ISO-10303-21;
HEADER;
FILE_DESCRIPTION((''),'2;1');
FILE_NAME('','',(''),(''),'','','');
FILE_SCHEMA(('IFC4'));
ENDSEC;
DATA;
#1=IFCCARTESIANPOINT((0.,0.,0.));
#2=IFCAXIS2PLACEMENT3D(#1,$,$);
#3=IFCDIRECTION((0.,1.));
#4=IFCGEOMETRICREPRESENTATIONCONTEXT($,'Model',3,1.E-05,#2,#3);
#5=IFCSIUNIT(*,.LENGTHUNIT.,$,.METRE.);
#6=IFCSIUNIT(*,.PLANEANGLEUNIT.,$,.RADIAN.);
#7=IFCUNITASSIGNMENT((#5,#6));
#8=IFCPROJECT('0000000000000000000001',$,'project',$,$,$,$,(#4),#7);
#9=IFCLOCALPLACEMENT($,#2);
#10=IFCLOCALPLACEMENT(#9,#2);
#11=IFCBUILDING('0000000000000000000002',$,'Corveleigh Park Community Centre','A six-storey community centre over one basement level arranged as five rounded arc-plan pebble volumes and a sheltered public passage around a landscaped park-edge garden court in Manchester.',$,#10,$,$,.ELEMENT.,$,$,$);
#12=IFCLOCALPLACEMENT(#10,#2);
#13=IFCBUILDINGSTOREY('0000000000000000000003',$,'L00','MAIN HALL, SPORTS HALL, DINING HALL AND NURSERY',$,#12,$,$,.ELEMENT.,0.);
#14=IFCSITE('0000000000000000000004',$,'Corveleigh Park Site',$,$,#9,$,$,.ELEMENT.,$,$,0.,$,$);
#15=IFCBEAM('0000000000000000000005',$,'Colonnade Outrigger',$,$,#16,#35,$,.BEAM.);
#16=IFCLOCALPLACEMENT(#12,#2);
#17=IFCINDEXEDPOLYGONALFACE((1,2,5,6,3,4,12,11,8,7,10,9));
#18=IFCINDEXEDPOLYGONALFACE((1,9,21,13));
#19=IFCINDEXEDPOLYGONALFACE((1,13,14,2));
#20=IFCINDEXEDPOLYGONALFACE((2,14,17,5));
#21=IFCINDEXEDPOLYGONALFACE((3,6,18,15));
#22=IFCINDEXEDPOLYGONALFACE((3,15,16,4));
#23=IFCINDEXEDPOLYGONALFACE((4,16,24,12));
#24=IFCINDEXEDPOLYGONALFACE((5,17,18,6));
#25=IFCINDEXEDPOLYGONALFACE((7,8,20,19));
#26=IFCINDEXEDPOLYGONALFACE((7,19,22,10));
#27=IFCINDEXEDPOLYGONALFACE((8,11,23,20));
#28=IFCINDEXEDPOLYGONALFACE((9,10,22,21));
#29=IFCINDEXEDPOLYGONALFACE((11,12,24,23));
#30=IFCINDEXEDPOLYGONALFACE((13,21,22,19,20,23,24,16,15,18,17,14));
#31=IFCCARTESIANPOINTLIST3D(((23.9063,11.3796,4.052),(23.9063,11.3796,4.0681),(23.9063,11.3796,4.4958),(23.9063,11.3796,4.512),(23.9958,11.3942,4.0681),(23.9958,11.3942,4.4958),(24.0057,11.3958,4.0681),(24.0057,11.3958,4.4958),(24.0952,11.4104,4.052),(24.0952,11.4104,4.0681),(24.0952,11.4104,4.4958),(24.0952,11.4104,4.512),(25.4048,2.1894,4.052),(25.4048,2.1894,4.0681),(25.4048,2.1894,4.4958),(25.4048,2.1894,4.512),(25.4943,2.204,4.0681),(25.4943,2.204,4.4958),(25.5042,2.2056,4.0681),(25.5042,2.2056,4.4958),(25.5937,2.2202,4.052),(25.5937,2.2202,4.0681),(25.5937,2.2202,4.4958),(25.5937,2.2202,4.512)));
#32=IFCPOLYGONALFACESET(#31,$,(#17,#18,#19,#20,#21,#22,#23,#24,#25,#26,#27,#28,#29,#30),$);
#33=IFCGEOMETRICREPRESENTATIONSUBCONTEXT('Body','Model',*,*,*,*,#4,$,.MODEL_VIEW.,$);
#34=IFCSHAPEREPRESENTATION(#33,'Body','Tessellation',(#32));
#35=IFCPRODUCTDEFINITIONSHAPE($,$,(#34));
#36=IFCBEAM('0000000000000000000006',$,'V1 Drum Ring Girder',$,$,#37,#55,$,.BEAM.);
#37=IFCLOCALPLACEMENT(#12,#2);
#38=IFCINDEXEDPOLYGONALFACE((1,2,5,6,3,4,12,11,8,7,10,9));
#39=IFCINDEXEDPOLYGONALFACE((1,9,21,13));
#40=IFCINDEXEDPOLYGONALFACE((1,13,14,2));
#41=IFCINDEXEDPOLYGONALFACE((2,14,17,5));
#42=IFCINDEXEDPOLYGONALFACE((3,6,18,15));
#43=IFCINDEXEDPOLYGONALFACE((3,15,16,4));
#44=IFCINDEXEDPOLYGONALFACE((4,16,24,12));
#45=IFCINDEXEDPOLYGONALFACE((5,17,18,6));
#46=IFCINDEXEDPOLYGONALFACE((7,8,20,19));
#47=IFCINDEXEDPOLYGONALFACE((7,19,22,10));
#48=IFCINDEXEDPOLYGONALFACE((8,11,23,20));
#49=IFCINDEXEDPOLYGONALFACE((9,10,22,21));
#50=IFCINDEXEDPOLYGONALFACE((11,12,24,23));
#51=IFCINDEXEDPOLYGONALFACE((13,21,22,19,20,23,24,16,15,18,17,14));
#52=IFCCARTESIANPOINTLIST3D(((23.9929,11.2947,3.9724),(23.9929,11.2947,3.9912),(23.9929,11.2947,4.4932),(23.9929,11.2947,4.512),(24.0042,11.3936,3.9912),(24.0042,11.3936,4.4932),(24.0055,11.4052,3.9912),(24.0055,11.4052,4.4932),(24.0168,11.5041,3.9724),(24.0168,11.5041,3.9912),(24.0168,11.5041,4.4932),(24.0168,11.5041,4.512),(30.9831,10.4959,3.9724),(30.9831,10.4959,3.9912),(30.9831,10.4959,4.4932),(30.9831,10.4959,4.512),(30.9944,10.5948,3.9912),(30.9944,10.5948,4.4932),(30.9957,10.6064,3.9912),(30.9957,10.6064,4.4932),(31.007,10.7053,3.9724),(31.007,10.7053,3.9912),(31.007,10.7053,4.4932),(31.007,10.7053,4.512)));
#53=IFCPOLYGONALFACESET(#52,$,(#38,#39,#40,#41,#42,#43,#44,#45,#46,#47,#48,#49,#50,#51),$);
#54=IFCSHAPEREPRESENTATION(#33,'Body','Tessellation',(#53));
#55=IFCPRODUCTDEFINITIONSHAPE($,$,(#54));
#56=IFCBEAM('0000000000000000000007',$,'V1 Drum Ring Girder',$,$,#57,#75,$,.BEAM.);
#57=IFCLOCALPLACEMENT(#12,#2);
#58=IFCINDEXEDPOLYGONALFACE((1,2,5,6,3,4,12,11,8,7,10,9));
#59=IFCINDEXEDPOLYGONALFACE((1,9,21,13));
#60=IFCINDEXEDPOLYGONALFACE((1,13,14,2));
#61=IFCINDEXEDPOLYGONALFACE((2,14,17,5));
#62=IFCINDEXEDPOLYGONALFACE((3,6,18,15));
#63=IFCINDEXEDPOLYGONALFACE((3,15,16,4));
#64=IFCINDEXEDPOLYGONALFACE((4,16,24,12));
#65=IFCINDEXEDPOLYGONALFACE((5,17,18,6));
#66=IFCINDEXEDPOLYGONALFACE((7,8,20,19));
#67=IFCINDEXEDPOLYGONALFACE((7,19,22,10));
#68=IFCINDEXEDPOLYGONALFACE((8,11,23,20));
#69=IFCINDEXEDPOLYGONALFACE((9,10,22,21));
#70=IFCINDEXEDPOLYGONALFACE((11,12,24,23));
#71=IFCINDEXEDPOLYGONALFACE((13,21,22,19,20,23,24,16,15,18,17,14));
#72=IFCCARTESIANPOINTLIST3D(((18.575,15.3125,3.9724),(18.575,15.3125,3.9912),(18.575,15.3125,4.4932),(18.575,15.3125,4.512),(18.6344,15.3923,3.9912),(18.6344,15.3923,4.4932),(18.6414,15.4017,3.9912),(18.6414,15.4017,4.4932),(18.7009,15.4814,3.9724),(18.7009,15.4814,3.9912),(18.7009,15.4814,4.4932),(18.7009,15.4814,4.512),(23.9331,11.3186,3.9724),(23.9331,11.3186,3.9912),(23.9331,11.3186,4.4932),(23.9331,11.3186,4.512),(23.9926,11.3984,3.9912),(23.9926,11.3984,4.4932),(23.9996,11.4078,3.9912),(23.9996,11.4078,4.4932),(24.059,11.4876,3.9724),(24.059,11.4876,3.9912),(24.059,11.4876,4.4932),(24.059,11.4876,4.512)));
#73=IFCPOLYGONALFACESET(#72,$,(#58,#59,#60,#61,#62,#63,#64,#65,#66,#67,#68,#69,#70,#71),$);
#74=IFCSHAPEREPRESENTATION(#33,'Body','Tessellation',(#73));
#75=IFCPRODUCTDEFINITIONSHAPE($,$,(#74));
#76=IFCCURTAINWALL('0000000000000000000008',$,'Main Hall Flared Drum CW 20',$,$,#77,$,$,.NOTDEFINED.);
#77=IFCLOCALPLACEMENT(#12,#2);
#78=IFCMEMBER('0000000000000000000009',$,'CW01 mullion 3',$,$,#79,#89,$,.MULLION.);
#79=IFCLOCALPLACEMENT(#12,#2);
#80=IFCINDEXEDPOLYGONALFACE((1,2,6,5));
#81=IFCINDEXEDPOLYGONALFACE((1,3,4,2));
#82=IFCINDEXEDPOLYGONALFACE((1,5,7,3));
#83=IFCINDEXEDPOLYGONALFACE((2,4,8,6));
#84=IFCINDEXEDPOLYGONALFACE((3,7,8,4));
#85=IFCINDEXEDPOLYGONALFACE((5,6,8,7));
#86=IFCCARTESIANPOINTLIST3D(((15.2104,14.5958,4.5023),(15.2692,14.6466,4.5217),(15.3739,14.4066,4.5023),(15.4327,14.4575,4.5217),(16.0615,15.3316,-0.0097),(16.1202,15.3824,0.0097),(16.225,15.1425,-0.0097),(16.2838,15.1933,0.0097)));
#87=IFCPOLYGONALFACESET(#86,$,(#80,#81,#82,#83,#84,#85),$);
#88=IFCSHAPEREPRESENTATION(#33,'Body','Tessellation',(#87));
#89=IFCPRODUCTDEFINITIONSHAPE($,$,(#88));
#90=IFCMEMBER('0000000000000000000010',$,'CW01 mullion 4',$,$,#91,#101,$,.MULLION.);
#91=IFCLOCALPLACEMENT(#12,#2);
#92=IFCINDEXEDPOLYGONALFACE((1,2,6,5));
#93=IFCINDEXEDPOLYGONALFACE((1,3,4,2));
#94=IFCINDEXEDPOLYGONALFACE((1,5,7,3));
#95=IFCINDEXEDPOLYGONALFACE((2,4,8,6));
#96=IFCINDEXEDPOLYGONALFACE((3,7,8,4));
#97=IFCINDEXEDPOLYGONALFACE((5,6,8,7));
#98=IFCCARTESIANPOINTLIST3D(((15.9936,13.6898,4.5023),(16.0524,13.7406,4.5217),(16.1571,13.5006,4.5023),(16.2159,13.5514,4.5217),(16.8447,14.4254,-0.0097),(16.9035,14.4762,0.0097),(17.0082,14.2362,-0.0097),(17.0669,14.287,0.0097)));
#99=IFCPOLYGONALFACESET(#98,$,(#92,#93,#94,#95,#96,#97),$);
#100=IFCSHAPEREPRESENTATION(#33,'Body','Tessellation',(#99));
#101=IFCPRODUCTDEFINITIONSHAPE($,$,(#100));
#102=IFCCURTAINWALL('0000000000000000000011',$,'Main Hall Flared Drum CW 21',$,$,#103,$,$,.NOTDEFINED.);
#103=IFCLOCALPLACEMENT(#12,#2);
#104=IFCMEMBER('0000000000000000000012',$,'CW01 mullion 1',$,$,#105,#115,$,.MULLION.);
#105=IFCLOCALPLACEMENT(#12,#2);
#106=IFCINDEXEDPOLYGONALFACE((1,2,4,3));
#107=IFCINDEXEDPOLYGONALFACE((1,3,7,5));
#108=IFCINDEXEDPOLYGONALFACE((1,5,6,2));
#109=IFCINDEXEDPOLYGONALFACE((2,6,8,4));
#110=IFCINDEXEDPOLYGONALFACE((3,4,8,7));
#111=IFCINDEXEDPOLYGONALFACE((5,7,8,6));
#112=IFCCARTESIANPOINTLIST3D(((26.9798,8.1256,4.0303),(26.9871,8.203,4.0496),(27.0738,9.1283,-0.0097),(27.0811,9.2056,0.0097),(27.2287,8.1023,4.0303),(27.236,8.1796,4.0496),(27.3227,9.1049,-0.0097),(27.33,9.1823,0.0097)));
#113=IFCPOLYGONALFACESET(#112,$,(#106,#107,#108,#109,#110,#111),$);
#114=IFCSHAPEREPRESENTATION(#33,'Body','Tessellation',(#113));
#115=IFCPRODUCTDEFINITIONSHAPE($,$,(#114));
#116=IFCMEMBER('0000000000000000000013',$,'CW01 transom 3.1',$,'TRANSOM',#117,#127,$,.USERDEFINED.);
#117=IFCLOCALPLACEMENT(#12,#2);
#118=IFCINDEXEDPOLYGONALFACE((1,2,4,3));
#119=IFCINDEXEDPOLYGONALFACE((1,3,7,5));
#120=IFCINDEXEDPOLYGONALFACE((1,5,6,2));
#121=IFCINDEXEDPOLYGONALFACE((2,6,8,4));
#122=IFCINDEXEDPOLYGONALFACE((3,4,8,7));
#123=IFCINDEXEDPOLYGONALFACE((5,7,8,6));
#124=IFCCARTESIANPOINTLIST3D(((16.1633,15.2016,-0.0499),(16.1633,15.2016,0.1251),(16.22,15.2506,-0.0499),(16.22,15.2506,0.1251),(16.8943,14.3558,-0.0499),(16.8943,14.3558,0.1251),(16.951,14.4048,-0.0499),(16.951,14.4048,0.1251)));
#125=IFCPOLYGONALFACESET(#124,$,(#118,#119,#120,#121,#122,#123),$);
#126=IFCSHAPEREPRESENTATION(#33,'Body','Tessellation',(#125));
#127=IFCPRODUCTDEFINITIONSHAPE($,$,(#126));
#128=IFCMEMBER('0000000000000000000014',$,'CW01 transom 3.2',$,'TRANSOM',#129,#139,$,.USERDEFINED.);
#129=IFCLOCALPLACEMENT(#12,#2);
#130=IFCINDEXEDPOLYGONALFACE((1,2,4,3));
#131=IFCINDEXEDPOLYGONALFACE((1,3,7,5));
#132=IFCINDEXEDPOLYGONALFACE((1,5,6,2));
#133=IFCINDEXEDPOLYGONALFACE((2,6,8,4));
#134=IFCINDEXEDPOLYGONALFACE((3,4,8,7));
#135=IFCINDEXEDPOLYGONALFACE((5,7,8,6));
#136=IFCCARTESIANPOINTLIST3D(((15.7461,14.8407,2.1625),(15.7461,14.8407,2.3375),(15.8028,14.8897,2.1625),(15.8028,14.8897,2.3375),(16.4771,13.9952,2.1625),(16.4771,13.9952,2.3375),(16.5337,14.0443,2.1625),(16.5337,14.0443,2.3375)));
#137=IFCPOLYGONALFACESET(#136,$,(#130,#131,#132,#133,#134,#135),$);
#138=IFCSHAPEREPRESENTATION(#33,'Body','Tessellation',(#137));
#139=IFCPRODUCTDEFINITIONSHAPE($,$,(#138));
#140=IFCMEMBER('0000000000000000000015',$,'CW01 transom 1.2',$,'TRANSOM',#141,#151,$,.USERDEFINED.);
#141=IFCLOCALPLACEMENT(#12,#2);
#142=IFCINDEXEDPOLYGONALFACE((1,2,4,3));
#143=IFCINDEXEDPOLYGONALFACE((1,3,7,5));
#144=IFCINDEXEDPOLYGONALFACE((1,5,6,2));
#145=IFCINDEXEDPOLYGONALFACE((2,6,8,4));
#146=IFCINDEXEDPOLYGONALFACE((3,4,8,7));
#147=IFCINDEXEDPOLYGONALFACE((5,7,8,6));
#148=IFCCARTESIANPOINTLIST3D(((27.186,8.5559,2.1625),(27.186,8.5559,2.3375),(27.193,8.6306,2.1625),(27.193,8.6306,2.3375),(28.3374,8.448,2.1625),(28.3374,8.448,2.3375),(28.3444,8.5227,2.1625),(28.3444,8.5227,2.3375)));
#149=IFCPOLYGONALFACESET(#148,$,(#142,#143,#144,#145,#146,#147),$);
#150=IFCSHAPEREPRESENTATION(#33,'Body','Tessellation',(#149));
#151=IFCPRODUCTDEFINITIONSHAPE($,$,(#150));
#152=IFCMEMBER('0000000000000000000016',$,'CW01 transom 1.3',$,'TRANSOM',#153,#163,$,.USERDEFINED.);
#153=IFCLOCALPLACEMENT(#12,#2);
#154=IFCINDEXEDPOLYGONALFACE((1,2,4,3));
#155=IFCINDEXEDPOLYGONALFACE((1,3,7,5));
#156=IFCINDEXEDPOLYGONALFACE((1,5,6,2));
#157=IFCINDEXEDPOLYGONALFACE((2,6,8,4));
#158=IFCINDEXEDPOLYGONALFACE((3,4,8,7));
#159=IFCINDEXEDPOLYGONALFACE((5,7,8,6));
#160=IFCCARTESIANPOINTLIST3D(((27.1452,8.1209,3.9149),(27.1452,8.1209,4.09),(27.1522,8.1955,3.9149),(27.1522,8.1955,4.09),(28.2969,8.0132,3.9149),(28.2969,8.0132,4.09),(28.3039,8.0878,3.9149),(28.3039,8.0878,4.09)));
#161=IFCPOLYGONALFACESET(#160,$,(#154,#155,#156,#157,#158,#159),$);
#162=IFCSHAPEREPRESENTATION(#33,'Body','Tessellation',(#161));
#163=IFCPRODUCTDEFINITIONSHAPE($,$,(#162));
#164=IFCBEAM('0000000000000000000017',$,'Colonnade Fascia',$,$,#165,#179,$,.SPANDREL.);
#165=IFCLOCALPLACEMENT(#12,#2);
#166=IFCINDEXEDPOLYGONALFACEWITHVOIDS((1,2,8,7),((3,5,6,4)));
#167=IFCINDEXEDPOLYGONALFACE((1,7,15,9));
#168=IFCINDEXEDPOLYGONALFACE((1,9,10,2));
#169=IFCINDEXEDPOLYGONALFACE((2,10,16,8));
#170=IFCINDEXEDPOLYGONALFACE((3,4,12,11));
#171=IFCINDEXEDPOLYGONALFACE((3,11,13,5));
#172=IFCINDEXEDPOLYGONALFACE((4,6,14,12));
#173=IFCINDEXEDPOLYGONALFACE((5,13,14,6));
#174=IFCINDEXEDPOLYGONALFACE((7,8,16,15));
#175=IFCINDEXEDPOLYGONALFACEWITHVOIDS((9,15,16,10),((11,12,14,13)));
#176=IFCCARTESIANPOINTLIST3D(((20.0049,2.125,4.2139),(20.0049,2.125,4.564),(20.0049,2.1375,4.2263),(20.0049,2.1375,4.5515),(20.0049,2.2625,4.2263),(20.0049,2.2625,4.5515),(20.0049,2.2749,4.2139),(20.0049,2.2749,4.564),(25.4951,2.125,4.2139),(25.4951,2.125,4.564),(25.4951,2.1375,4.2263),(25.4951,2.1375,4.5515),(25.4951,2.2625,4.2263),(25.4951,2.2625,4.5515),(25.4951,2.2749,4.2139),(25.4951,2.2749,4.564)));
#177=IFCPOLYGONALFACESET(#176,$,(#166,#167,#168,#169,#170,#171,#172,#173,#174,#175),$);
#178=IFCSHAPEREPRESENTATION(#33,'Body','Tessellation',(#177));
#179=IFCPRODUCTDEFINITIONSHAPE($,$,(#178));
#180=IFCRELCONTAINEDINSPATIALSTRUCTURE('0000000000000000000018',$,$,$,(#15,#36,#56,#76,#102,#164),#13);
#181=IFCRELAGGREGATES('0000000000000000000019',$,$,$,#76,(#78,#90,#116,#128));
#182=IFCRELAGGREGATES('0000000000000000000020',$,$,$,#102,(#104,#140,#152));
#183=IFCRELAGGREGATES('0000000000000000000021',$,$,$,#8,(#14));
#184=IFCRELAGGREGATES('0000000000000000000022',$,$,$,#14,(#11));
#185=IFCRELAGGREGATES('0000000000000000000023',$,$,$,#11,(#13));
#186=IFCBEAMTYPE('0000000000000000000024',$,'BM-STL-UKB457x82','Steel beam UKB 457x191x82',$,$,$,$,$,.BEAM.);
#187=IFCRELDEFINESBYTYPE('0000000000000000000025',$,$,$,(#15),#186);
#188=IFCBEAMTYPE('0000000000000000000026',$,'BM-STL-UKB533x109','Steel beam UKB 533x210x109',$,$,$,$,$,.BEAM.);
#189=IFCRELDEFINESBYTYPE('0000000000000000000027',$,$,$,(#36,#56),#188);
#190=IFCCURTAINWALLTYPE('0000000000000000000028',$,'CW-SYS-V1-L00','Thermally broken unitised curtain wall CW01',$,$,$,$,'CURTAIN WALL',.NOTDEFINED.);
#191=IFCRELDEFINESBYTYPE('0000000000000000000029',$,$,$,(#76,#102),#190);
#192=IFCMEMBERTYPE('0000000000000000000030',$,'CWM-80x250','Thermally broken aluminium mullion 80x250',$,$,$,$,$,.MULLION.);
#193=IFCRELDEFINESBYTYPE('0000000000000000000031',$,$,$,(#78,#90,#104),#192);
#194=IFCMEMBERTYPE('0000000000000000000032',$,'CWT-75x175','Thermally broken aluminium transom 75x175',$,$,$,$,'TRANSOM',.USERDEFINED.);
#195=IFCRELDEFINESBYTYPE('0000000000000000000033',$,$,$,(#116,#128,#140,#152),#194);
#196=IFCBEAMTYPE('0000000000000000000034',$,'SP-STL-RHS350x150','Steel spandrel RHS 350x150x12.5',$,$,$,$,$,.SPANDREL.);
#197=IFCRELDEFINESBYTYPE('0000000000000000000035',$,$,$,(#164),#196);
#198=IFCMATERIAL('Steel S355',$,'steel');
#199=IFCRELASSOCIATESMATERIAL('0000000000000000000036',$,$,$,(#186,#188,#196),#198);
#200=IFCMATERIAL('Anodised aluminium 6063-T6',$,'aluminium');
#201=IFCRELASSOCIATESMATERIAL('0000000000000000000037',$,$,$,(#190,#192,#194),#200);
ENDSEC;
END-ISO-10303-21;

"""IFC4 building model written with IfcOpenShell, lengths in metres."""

from ifc_helpers import new_model, si_unit, direction, frame, origin, origin_2d, place, context, subcontext, project, spatial, rectangle, hollow_rectangle, i_section, extrude, material, material_profile, profile_set, type_object, element, aggregate, save


model = new_model("IFC4")

# Units and contexts
model_context = context("Model", 3, precision=1e-05, world=origin(), true_north=direction((0.0, 1.0)))
body_context = subcontext(model_context, "Body", "Model", "MODEL_VIEW")
ifc_project = project(units=[si_unit("LENGTHUNIT", "METRE"), si_unit("PLANEANGLEUNIT", "RADIAN")], contexts=[model_context])

# Site, building, storey
site_placement = place(None, origin())
site = spatial("IfcSite", under=ifc_project, at=site_placement, Name="Corveleigh Park Site", CompositionType="ELEMENT", RefElevation=0.0)
building_placement = place(site_placement, origin())
building = spatial("IfcBuilding", under=site, at=building_placement, Name="Corveleigh Park Community Centre", Description="A six-storey community centre over one basement level arranged as five rounded arc-plan pebble volumes and a sheltered public passage around a landscaped park-edge garden court in Manchester.", CompositionType="ELEMENT")
storey_placement = place(building_placement, origin())
storey = spatial("IfcBuildingStorey", under=building, at=storey_placement, Name="L00", Description="MAIN HALL, SPORTS HALL, DINING HALL AND NURSERY", CompositionType="ELEMENT", Elevation=0.0)

# Shared definitions
ifc_material_1 = material(Name="Steel S355", Category="steel")

# Beams
ifc_material_profile_1 = material_profile(ifc_material_1, i_section(OverallWidth=0.1914, OverallDepth=0.46, WebThickness=0.01, FlangeThickness=0.0161, at=origin_2d()), Name="UKB 457x191x82", Category="steel")
ifc_profile_set_1 = profile_set([ifc_material_profile_1], Name="Steel S355")
beam_type_1 = type_object("IfcBeamType", Name="BM-STL-UKB457x82", Description="Steel beam UKB 457x191x82", PredefinedType="BEAM", material=ifc_profile_set_1)
beam_1_placement = place(storey_placement, frame((25.4993, 2.2048, 4.282), z_axis=(-0.160933, 0.986965, 0.0), x_axis=(-0.986965, -0.160933, 0.0)))
element("IfcBeam", 1, at=beam_1_placement, inside=storey, type_object=beam_type_1, Name="Colonnade Outrigger", PredefinedType="BEAM", context=body_context, shape_type="SweptSolid", body=[
    extrude(i_section(OverallWidth=0.1914, OverallDepth=0.46, WebThickness=0.01, FlangeThickness=0.0161, at=origin_2d()), origin(), (0.0, 0.0, 1.0), 9.3115),
])
ifc_material_profile_2 = material_profile(ifc_material_1, i_section(OverallWidth=0.2107, OverallDepth=0.5396, WebThickness=0.0117, FlangeThickness=0.0188, at=origin_2d()), Name="UKB 533x210x109", Category="steel")
ifc_profile_set_2 = profile_set([ifc_material_profile_2], Name="Steel S355")
beam_type_2 = type_object("IfcBeamType", Name="BM-STL-UKB533x109", Description="Steel beam UKB 533x210x109", PredefinedType="BEAM", material=ifc_profile_set_2)
beam_2_placement = place(storey_placement, frame((24.0049, 11.3994, 4.2422), z_axis=(0.993534, -0.113539, 0.0), x_axis=(0.113539, 0.993534, 0.0)))
element("IfcBeam", 2, at=beam_2_placement, inside=storey, type_object=beam_type_2, Name="V1 Drum Ring Girder", PredefinedType="BEAM", context=body_context, shape_type="SweptSolid", body=[
    extrude(i_section(OverallWidth=0.2107, OverallDepth=0.5396, WebThickness=0.0117, FlangeThickness=0.0188, at=origin_2d()), origin(), (0.0, 0.0, 1.0), 7.0356),
])
beam_3_placement = place(storey_placement, frame((18.6379, 15.397, 4.2422), z_axis=(0.801772, -0.59763, 0.0), x_axis=(0.59763, 0.801772, 0.0)))
element("IfcBeam", 3, at=beam_3_placement, inside=storey, type_object=beam_type_2, Name="V1 Drum Ring Girder", PredefinedType="BEAM", context=body_context, shape_type="SweptSolid", body=[
    extrude(i_section(OverallWidth=0.2107, OverallDepth=0.5396, WebThickness=0.0117, FlangeThickness=0.0188, at=origin_2d()), origin(), (0.0, 0.0, 1.0), 6.6829),
])

# Curtain wall, members
ifc_material_2 = material(Name="Anodised aluminium 6063-T6", Category="aluminium")
curtain_wall_type = type_object("IfcCurtainWallType", Name="CW-SYS-V1-L00", Description="Thermally broken unitised curtain wall CW01", ElementType="CURTAIN WALL", PredefinedType="NOTDEFINED", material=ifc_material_2)
curtain_wall_1_placement = place(storey_placement, origin())
curtain_wall_1 = element("IfcCurtainWall", 4, at=curtain_wall_1_placement, inside=storey, type_object=curtain_wall_type, Name="Main Hall Flared Drum CW 20", PredefinedType="NOTDEFINED")
ifc_material_profile_3 = material_profile(ifc_material_2, rectangle(XDim=0.0801, YDim=0.25, at=origin_2d()), Name="ALU-M80x250", Category="aluminium")
ifc_profile_set_3 = profile_set([ifc_material_profile_3], Name="Anodised aluminium 6063-T6")
member_type_1 = type_object("IfcMemberType", Name="CWM-80x250", Description="Thermally broken aluminium mullion 80x250", PredefinedType="MULLION", material=ifc_profile_set_3)
member_1_placement = place(storey_placement, frame((16.1726, 15.2625, 0.0), z_axis=(-0.183022, -0.158241, 0.97029), x_axis=(0.733987, 0.634606, 0.241945)))
member_1 = element("IfcMember", 5, at=member_1_placement, type_object=member_type_1, Name="CW01 mullion 3", PredefinedType="MULLION", context=body_context, shape_type="SweptSolid", body=[
    extrude(rectangle(XDim=0.0801, YDim=0.25, at=origin_2d()), origin(), (0.0, 0.0, 1.0), 4.6501),
])
member_2_placement = place(storey_placement, frame((16.9558, 14.3562, 0.0), z_axis=(-0.183024, -0.15819, 0.970298), x_axis=(0.734098, 0.634491, 0.241913)))
member_2 = element("IfcMember", 6, at=member_2_placement, type_object=member_type_1, Name="CW01 mullion 4", PredefinedType="MULLION", context=body_context, shape_type="SweptSolid", body=[
    extrude(rectangle(XDim=0.0801, YDim=0.25, at=origin_2d()), origin(), (0.0, 0.0, 1.0), 4.6501),
])

# Curtain wall, member
curtain_wall_2_placement = place(storey_placement, origin())
curtain_wall_2 = element("IfcCurtainWall", 7, at=curtain_wall_2_placement, inside=storey, type_object=curtain_wall_type, Name="Main Hall Flared Drum CW 21", PredefinedType="NOTDEFINED")
member_3_placement = place(storey_placement, frame((27.2019, 9.1553, 0.0), z_axis=(-0.022575, -0.240818, 0.970308), x_axis=(0.090562, 0.966072, 0.241874)))
member_3 = element("IfcMember", 8, at=member_3_placement, type_object=member_type_1, Name="CW01 mullion 1", PredefinedType="MULLION", context=body_context, shape_type="SweptSolid", body=[
    extrude(rectangle(XDim=0.0801, YDim=0.25, at=origin_2d()), origin(), (0.0, 0.0, 1.0), 4.1636),
])

# Members
ifc_material_profile_4 = material_profile(ifc_material_2, rectangle(XDim=0.075, YDim=0.175, at=origin_2d()), Name="ALU-T75x175", Category="aluminium")
ifc_profile_set_4 = profile_set([ifc_material_profile_4], Name="Anodised aluminium 6063-T6")
member_type_2 = type_object("IfcMemberType", Name="CWT-75x175", Description="Thermally broken aluminium transom 75x175", ElementType="TRANSOM", PredefinedType="USERDEFINED", material=ifc_profile_set_4)
member_4_placement = place(storey_placement, frame((16.1917, 15.2261, 0.0376), z_axis=(0.653916, -0.756568, 0.0), x_axis=(0.756568, 0.653916, 0.0)))
member_4 = element("IfcMember", 9, at=member_4_placement, type_object=member_type_2, Name="CW01 transom 3.1", ObjectType="TRANSOM", PredefinedType="USERDEFINED", context=body_context, shape_type="SweptSolid", body=[
    extrude(rectangle(XDim=0.075, YDim=0.175, at=origin_2d()), origin(), (0.0, 0.0, 1.0), 1.1179),
])
member_5_placement = place(storey_placement, frame((15.7744, 14.8652, 2.25), z_axis=(0.654024, -0.756474, 0.0), x_axis=(0.756474, 0.654024, 0.0)))
member_5 = element("IfcMember", 10, at=member_5_placement, type_object=member_type_2, Name="CW01 transom 3.2", ObjectType="TRANSOM", PredefinedType="USERDEFINED", context=body_context, shape_type="SweptSolid", body=[
    extrude(rectangle(XDim=0.075, YDim=0.175, at=origin_2d()), origin(), (0.0, 0.0, 1.0), 1.1177),
])
member_6_placement = place(storey_placement, frame((27.1895, 8.5933, 2.25), z_axis=(0.995637, -0.093315, 0.0), x_axis=(0.093315, 0.995637, 0.0)))
member_6 = element("IfcMember", 11, at=member_6_placement, type_object=member_type_2, Name="CW01 transom 1.2", ObjectType="TRANSOM", PredefinedType="USERDEFINED", context=body_context, shape_type="SweptSolid", body=[
    extrude(rectangle(XDim=0.075, YDim=0.175, at=origin_2d()), origin(), (0.0, 0.0, 1.0), 1.1565),
])
member_7_placement = place(storey_placement, frame((27.1487, 8.1582, 4.0024), z_axis=(0.995658, -0.093086, 0.0), x_axis=(0.093086, 0.995658, 0.0)))
member_7 = element("IfcMember", 12, at=member_7_placement, type_object=member_type_2, Name="CW01 transom 1.3", ObjectType="TRANSOM", PredefinedType="USERDEFINED", context=body_context, shape_type="SweptSolid", body=[
    extrude(rectangle(XDim=0.075, YDim=0.175, at=origin_2d()), origin(), (0.0, 0.0, 1.0), 1.1567),
])

# Beam
ifc_material_profile_5 = material_profile(ifc_material_1, hollow_rectangle(XDim=0.1499, YDim=0.3501, WallThickness=0.0125, at=origin_2d()), Name="RHS 350x150x12.5", Category="steel")
ifc_profile_set_5 = profile_set([ifc_material_profile_5], Name="Steel S355")
beam_type_3 = type_object("IfcBeamType", Name="SP-STL-RHS350x150", Description="Steel spandrel RHS 350x150x12.5", PredefinedType="SPANDREL", material=ifc_profile_set_5)
for number, where, z_axis, x_axis, name in (
    (13, (20.0049, 2.2, 4.3889), (1.0, 0.0, 0.0), (0.0, 1.0, 0.0), "Colonnade Fascia"),
):
    element("IfcBeam", number, at=place(storey_placement, frame(where, z_axis=z_axis, x_axis=x_axis)), inside=storey, type_object=beam_type_3, Name=name, PredefinedType="SPANDREL", context=body_context, shape_type="SweptSolid", body=[
        extrude(hollow_rectangle(XDim=0.1499, YDim=0.3501, WallThickness=0.0125, at=origin_2d()), origin(), (0.0, 0.0, 1.0), 5.4902),
    ])

aggregate(curtain_wall_1, [member_1, member_2, member_4, member_5])
aggregate(curtain_wall_2, [member_3, member_6, member_7])

save(model, "model.ifc")
